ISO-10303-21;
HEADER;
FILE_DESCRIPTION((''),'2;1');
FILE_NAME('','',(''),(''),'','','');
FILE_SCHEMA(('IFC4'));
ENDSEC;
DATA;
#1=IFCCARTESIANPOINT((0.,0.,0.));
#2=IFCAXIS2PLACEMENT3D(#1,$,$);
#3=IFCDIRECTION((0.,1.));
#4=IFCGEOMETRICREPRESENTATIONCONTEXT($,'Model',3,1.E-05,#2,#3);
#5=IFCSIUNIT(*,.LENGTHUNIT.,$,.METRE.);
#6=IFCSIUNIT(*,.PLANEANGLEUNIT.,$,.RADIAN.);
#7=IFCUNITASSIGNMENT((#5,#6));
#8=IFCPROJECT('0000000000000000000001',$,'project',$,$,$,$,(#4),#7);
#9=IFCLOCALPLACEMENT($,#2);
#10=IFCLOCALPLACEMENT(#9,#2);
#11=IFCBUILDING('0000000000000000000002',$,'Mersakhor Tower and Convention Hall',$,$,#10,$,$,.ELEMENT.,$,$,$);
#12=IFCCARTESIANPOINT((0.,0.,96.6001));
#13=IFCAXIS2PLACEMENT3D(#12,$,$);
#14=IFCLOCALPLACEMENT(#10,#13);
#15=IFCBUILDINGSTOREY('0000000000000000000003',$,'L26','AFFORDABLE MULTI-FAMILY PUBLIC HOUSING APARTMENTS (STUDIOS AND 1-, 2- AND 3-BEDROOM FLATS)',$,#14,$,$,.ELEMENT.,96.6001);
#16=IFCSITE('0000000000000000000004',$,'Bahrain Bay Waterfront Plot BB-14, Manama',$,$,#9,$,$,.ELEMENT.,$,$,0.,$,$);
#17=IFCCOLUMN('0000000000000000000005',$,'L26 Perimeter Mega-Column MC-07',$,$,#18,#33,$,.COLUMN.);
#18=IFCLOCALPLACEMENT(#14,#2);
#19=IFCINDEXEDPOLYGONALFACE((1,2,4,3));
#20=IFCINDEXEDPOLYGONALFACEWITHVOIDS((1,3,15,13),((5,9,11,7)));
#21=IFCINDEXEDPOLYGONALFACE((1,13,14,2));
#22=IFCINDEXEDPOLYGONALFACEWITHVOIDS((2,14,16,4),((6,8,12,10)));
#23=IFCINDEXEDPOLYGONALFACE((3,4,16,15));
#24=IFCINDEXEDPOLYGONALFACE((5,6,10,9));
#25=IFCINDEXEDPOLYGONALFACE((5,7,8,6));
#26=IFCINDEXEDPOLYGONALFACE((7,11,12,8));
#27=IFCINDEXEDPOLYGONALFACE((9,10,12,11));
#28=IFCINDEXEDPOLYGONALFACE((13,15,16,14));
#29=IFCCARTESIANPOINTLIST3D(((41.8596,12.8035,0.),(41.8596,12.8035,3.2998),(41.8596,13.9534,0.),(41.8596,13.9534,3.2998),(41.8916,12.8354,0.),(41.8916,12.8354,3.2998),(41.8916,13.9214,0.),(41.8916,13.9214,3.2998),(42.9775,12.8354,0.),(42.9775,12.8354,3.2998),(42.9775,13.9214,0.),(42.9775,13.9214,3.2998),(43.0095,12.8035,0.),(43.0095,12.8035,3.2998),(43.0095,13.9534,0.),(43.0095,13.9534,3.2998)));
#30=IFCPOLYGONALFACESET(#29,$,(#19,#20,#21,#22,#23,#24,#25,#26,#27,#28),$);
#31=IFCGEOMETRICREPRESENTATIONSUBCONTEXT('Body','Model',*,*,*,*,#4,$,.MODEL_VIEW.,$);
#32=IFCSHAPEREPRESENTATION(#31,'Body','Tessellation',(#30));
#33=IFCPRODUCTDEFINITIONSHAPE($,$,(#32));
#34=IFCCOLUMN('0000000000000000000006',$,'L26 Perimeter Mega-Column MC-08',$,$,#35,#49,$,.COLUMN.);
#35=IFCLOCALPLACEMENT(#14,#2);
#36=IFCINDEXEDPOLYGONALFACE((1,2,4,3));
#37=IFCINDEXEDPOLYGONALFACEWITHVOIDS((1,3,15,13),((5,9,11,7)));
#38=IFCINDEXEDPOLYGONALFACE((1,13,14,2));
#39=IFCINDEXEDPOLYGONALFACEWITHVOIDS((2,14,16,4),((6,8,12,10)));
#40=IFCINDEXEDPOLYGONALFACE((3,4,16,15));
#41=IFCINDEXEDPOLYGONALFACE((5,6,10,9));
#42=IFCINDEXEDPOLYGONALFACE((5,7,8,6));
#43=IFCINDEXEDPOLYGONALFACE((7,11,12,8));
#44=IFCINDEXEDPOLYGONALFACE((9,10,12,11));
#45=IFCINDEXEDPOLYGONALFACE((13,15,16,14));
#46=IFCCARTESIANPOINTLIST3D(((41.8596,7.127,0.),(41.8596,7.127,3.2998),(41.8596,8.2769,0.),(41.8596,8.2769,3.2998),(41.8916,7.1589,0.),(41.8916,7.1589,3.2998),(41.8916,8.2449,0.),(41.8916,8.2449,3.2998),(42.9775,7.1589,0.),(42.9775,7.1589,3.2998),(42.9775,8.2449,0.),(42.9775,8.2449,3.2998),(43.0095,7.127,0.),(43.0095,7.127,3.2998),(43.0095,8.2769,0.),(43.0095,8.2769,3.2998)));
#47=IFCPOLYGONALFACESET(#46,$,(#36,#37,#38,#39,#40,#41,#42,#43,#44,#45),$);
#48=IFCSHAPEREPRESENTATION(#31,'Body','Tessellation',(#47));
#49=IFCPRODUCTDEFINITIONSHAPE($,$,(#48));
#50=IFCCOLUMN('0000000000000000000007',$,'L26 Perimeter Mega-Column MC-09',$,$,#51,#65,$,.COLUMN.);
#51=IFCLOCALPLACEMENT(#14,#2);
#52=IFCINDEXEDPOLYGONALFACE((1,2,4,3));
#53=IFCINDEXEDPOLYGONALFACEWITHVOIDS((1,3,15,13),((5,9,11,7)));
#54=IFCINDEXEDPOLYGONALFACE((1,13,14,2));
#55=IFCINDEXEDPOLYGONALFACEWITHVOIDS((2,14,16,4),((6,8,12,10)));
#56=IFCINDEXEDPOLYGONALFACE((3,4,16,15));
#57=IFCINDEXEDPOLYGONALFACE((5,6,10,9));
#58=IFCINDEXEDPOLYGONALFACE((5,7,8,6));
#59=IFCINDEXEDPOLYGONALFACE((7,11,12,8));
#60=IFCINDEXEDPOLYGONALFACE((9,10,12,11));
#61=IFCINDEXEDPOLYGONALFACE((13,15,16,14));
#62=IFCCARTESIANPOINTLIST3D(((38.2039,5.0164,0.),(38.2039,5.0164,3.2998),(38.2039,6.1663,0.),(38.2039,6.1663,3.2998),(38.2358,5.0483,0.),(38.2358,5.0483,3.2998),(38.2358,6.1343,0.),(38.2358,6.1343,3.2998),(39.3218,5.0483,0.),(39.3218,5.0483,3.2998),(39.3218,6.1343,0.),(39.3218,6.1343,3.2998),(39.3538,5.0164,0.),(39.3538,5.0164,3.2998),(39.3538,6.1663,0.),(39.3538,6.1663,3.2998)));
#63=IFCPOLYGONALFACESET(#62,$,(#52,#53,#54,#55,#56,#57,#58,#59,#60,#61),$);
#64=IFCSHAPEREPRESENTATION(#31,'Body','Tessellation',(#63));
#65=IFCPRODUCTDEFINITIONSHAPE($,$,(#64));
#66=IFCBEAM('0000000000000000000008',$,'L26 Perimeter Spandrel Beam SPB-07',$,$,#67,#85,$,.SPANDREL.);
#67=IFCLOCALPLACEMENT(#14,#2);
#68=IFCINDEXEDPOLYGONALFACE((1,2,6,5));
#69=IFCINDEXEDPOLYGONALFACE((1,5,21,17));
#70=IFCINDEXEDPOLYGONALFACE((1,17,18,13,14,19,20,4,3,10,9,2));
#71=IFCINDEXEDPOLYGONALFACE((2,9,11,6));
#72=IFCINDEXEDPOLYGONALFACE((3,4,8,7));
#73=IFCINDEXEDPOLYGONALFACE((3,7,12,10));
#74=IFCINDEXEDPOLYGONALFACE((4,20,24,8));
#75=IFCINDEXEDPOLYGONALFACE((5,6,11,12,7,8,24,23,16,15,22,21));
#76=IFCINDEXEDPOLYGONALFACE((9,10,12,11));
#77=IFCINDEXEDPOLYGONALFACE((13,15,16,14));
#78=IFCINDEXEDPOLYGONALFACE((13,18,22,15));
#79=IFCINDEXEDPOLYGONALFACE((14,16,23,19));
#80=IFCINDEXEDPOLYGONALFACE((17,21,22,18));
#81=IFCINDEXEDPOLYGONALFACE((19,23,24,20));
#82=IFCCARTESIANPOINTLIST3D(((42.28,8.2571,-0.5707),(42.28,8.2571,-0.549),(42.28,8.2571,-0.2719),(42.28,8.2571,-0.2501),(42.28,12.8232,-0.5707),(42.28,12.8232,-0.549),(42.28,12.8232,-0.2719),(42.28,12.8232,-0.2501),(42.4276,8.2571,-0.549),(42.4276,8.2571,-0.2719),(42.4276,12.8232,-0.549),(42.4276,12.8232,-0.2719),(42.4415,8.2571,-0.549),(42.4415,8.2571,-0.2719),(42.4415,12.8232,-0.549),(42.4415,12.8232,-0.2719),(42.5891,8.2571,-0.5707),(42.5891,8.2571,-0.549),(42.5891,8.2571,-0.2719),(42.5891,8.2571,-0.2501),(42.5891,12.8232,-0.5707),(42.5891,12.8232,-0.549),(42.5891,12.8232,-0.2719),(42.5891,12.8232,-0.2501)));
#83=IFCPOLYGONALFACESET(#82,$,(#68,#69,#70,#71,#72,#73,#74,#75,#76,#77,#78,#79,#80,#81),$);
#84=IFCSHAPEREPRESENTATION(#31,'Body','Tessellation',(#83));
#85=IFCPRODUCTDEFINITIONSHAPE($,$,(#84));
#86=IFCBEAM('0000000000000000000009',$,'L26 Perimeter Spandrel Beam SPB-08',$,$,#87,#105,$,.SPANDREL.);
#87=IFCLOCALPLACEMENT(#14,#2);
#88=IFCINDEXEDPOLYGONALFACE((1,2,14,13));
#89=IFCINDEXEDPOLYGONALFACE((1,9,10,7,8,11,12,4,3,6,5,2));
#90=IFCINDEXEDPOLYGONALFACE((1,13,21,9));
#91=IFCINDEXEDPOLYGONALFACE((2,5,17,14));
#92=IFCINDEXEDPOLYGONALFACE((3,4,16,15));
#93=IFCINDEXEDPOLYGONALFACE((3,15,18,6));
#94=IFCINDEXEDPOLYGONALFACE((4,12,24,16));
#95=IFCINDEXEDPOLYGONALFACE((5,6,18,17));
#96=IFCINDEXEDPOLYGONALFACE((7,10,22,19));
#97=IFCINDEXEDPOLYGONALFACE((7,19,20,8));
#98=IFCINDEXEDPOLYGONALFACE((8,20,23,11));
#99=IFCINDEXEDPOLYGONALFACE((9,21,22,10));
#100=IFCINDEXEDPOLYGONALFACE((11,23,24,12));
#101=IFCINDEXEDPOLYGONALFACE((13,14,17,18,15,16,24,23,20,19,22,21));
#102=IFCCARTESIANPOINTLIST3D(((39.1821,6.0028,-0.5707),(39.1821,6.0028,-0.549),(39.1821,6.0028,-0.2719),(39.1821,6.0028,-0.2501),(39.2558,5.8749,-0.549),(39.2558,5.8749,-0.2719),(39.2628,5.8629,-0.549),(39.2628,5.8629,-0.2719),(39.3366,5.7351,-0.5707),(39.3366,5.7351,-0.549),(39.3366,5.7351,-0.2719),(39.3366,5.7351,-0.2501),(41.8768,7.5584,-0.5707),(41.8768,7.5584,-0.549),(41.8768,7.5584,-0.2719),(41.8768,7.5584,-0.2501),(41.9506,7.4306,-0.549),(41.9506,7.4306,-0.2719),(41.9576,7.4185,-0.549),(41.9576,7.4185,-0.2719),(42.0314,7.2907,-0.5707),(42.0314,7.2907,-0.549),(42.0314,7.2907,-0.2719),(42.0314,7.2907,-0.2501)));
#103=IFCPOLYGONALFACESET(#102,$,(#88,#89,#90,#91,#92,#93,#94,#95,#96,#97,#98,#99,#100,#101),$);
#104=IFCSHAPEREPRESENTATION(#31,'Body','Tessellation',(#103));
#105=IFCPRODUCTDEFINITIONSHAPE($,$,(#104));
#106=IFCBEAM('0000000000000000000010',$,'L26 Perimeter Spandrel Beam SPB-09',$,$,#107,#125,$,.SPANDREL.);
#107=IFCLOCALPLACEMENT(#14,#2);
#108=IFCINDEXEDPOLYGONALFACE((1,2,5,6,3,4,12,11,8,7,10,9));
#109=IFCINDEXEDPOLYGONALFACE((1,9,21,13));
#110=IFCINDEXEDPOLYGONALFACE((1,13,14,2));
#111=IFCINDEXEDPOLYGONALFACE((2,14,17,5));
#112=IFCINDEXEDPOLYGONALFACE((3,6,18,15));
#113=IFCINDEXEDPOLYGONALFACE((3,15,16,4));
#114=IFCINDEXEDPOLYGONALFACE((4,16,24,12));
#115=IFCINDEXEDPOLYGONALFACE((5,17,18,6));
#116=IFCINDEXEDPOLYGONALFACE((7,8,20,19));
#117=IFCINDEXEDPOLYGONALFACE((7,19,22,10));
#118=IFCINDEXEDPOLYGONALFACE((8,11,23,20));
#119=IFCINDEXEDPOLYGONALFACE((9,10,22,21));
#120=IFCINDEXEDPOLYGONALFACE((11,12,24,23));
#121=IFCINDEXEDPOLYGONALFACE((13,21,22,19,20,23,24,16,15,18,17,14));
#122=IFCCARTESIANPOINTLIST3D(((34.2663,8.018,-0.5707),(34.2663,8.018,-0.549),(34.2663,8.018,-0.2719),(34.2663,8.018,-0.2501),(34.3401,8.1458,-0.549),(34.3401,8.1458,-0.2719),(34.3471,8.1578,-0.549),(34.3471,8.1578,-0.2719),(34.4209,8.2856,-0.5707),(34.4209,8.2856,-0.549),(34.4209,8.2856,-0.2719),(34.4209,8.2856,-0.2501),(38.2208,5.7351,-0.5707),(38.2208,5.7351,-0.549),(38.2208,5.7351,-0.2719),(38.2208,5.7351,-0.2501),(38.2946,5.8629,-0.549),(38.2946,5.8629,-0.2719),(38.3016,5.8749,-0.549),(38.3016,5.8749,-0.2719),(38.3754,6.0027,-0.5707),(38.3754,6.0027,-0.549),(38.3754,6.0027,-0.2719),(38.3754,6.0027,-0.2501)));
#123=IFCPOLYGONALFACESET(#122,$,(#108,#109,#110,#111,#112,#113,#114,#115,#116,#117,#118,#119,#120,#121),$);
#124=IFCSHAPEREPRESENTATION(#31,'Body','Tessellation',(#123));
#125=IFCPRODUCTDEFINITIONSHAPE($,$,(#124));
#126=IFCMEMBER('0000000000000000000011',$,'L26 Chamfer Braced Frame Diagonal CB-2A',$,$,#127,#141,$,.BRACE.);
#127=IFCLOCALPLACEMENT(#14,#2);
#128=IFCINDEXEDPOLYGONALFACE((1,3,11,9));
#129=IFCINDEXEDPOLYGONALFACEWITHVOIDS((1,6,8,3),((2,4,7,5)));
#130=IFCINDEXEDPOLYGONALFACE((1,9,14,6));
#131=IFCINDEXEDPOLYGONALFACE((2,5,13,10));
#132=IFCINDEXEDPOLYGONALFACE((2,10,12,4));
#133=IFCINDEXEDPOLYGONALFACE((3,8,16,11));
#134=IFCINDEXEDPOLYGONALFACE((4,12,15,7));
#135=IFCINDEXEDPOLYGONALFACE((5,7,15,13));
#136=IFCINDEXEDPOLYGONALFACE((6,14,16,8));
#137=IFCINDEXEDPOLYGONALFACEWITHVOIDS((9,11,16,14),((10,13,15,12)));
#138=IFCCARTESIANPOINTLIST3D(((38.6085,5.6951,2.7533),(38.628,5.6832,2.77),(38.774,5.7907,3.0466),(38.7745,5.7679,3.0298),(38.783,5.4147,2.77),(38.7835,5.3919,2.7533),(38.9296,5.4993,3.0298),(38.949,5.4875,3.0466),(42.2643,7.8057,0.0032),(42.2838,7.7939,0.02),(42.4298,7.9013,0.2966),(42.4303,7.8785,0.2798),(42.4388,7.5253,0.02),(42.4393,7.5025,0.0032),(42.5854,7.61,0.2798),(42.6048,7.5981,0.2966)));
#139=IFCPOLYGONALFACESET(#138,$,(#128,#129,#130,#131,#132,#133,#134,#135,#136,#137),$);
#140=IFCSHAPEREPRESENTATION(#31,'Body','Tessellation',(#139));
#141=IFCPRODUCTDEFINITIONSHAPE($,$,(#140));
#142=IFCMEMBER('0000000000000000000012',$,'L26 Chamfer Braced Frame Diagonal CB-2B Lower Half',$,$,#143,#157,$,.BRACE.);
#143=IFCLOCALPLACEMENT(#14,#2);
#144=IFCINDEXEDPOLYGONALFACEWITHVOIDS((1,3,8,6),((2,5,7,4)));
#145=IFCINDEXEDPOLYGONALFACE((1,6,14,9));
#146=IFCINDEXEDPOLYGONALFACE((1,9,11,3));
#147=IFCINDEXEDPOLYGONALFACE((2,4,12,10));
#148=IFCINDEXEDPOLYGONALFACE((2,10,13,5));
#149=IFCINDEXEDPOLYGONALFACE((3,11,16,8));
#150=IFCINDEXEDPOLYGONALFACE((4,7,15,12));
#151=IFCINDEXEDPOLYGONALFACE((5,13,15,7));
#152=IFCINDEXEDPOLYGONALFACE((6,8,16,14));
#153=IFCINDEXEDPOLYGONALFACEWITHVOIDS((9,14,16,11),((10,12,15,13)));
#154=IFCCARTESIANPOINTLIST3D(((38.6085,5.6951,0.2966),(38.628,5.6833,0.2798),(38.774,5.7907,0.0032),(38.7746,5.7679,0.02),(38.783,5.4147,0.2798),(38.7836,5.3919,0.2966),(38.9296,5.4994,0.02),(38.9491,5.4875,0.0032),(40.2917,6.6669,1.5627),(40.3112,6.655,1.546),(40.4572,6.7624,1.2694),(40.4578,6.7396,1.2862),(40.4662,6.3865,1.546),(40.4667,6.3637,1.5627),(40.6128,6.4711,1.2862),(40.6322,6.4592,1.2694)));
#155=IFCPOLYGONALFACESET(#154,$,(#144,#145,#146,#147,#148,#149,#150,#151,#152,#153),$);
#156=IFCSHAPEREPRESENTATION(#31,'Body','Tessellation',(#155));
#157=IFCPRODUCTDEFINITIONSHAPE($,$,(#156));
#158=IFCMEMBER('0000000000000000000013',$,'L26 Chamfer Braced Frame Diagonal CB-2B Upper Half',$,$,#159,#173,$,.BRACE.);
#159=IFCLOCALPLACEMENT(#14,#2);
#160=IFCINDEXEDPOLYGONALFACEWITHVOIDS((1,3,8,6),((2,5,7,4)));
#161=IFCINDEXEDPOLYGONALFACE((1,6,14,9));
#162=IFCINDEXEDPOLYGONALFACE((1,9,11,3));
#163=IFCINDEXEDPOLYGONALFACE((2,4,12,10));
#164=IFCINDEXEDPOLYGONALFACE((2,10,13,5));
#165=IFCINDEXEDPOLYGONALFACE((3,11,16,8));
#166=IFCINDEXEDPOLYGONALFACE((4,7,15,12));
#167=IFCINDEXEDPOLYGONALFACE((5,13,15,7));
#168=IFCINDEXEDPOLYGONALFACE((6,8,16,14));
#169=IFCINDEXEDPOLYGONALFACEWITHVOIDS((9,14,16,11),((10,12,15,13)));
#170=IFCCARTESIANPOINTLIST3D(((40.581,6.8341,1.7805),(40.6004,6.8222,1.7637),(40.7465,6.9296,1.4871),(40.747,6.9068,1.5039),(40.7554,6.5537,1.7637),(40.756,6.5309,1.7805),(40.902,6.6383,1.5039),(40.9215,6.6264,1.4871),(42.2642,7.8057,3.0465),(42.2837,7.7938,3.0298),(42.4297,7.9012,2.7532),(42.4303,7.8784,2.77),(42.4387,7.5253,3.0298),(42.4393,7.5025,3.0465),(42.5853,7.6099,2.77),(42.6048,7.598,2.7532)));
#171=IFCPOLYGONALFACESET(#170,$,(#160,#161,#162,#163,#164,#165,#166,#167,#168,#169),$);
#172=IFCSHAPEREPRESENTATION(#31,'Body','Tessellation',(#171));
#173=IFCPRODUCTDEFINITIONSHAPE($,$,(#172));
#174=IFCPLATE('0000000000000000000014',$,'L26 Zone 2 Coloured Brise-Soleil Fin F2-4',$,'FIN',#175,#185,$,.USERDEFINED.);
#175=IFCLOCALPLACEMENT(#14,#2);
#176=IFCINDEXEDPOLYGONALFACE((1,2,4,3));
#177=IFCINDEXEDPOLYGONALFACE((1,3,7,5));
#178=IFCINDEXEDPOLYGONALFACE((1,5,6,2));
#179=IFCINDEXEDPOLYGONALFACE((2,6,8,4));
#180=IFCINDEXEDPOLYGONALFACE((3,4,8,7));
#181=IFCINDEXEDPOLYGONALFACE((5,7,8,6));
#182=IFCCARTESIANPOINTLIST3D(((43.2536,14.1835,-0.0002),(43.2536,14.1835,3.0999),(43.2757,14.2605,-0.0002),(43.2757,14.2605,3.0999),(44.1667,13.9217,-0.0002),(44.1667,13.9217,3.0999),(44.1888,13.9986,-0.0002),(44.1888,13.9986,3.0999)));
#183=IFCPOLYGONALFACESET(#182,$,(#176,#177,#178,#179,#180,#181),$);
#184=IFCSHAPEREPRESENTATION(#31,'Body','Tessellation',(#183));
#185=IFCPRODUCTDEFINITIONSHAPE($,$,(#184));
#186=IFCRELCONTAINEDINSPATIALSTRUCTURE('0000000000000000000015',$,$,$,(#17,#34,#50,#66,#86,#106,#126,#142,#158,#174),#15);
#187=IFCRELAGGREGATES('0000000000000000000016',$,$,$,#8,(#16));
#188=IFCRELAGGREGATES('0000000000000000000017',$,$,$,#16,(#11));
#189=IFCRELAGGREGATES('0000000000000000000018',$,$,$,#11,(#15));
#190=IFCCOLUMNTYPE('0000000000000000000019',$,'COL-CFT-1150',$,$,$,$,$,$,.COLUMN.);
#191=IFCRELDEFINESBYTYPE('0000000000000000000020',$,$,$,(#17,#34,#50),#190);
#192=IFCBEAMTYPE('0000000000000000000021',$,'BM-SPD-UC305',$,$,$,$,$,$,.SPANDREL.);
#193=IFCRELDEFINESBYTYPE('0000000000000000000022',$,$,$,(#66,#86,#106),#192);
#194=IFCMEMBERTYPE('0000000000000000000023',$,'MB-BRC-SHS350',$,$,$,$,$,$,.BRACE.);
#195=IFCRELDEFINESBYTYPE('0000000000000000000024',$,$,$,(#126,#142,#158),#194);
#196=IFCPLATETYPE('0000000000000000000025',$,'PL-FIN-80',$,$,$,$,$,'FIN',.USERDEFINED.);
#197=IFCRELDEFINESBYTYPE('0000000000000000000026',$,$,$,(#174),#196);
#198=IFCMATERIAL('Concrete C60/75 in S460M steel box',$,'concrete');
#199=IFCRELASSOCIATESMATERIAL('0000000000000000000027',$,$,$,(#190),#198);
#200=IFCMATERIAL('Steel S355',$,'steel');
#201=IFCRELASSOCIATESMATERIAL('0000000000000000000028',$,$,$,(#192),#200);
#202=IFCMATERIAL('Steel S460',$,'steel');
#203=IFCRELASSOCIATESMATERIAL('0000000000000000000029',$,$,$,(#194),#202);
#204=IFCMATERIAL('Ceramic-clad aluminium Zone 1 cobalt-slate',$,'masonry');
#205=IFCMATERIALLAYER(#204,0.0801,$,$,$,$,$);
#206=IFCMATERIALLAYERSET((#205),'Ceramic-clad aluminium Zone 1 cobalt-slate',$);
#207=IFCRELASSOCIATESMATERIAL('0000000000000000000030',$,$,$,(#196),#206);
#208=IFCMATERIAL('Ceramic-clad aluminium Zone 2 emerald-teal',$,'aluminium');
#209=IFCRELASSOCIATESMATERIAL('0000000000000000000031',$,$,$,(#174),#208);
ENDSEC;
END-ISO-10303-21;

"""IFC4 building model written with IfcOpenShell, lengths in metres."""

from ifc_helpers import new_model, si_unit, direction, frame, origin, origin_2d, place, context, subcontext, project, spatial, rectangle, hollow_rectangle, i_section, extrude, material, layer, layer_set, material_profile, profile_set, type_object, element, save


model = new_model("IFC4")

# Units and contexts
model_context = context("Model", 3, precision=1e-05, world=origin(), true_north=direction((0.0, 1.0)))
body_context = subcontext(model_context, "Body", "Model", "MODEL_VIEW")
ifc_project = project(units=[si_unit("LENGTHUNIT", "METRE"), si_unit("PLANEANGLEUNIT", "RADIAN")], contexts=[model_context])

# Site, building, storey
site_placement = place(None, origin())
site = spatial("IfcSite", under=ifc_project, at=site_placement, Name="Bahrain Bay Waterfront Plot BB-14, Manama", CompositionType="ELEMENT", RefElevation=0.0)
building_placement = place(site_placement, origin())
building = spatial("IfcBuilding", under=site, at=building_placement, Name="Mersakhor Tower and Convention Hall", CompositionType="ELEMENT")
storey_placement = place(building_placement, frame((0.0, 0.0, 96.6001)))
storey = spatial("IfcBuildingStorey", under=building, at=storey_placement, Name="L26", Description="AFFORDABLE MULTI-FAMILY PUBLIC HOUSING APARTMENTS (STUDIOS AND 1-, 2- AND 3-BEDROOM FLATS)", CompositionType="ELEMENT", Elevation=96.6001)

# Columns
ifc_material_1 = material(Name="Concrete C60/75 in S460M steel box", Category="concrete")
ifc_material_profile_1 = material_profile(ifc_material_1, hollow_rectangle(XDim=1.1499, YDim=1.1499, WallThickness=0.032, at=origin_2d()), Name="SHS 1150x1150x32")
ifc_profile_set_1 = profile_set([ifc_material_profile_1], Name="Concrete C60/75 in S460M steel box")
column_type = type_object("IfcColumnType", Name="COL-CFT-1150", PredefinedType="COLUMN", material=ifc_profile_set_1)
for number, where, z_axis, x_axis, name in (
    (1, (42.4346, 13.3784, 0.0), (0.0, 0.0, 1.0), (1.0, 0.0, 0.0), "L26 Perimeter Mega-Column MC-07"),
    (2, (42.4346, 7.7019, 0.0), (0.0, 0.0, 1.0), (1.0, 0.0, 0.0), "L26 Perimeter Mega-Column MC-08"),
    (3, (38.7788, 5.5913, 0.0), (0.0, 0.0, 1.0), (1.0, 0.0, 0.0), "L26 Perimeter Mega-Column MC-09"),
):
    element("IfcColumn", number, at=place(storey_placement, frame(where, z_axis=z_axis, x_axis=x_axis)), inside=storey, type_object=column_type, Name=name, PredefinedType="COLUMN", context=body_context, shape_type="SweptSolid", body=[
        extrude(hollow_rectangle(XDim=1.1499, YDim=1.1499, WallThickness=0.032, at=origin_2d()), origin(), (0.0, 0.0, 1.0), 3.2998),
    ])

# Beams
ifc_material_2 = material(Name="Steel S355", Category="steel")
ifc_material_profile_2 = material_profile(ifc_material_2, i_section(OverallWidth=0.3091, OverallDepth=0.3206, WebThickness=0.0139, FlangeThickness=0.0217, at=origin_2d()), Name="UC 305x305x137")
ifc_profile_set_2 = profile_set([ifc_material_profile_2], Name="Steel S355")
beam_type = type_object("IfcBeamType", Name="BM-SPD-UC305", PredefinedType="SPANDREL", material=ifc_profile_set_2)
beam_1_placement = place(storey_placement, frame((42.4346, 12.8232, -0.4104), z_axis=(0.0, -1.0, 0.0), x_axis=(1.0, 0.0, 0.0)))
element("IfcBeam", 4, at=beam_1_placement, inside=storey, type_object=beam_type, Name="L26 Perimeter Spandrel Beam SPB-07", PredefinedType="SPANDREL", context=body_context, shape_type="SweptSolid", body=[
    extrude(i_section(OverallWidth=0.3091, OverallDepth=0.3206, WebThickness=0.0139, FlangeThickness=0.0217, at=origin_2d()), origin(), (0.0, 0.0, 1.0), 4.5662),
])
beam_2_placement = place(storey_placement, frame((41.9541, 7.4246, -0.4104), z_axis=(-0.866052, -0.499953, 0.0), x_axis=(0.499953, -0.866052, 0.0)))
element("IfcBeam", 5, at=beam_2_placement, inside=storey, type_object=beam_type, Name="L26 Perimeter Spandrel Beam SPB-08", PredefinedType="SPANDREL", context=body_context, shape_type="SweptSolid", body=[
    extrude(i_section(OverallWidth=0.3091, OverallDepth=0.3206, WebThickness=0.0139, FlangeThickness=0.0217, at=origin_2d()), origin(), (0.0, 0.0, 1.0), 3.1116),
])
beam_3_placement = place(storey_placement, frame((38.2981, 5.8689, -0.4104), z_axis=(-0.866047, 0.499963, 0.0), x_axis=(-0.499963, -0.866047, 0.0)))
element("IfcBeam", 6, at=beam_3_placement, inside=storey, type_object=beam_type, Name="L26 Perimeter Spandrel Beam SPB-09", PredefinedType="SPANDREL", context=body_context, shape_type="SweptSolid", body=[
    extrude(i_section(OverallWidth=0.3091, OverallDepth=0.3206, WebThickness=0.0139, FlangeThickness=0.0217, at=origin_2d()), origin(), (0.0, 0.0, 1.0), 4.5662),
])

# Members
ifc_material_3 = material(Name="Steel S460", Category="steel")
ifc_material_profile_3 = material_profile(ifc_material_3, hollow_rectangle(XDim=0.3501, YDim=0.3501, WallThickness=0.02, at=origin_2d()), Name="SHS 350x350x20")
ifc_profile_set_3 = profile_set([ifc_material_profile_3], Name="Steel S460")
member_type = type_object("IfcMemberType", Name="MB-BRC-SHS350", PredefinedType="BRACE", material=ifc_profile_set_3)
member_placement = place(storey_placement, frame((42.4346, 7.7019, 0.1499), z_axis=(-0.725634, -0.418933, 0.545849), x_axis=(0.499989, -0.866031, 0.0)))
element("IfcMember", 7, at=member_placement, inside=storey, type_object=member_type, Name="L26 Chamfer Braced Frame Diagonal CB-2A", PredefinedType="BRACE", context=body_context, shape_type="SweptSolid", body=[
    extrude(hollow_rectangle(XDim=0.3501, YDim=0.3501, WallThickness=0.02, at=origin_2d()), origin(), (0.0, 0.0, 1.0), 5.0381),
])
for number, where, z_axis, x_axis, name in (
    (8, (38.7788, 5.5913, 0.1499), (0.725635, 0.418919, 0.545858), (-0.499976, 0.866039, 0.0), "L26 Chamfer Braced Frame Diagonal CB-2B Lower Half"),
    (9, (40.7512, 6.7302, 1.6338), (0.725685, 0.418887, 0.545816), (-0.499922, 0.866071, 0.0), "L26 Chamfer Braced Frame Diagonal CB-2B Upper Half"),
):
    element("IfcMember", number, at=place(storey_placement, frame(where, z_axis=z_axis, x_axis=x_axis)), inside=storey, type_object=member_type, Name=name, PredefinedType="BRACE", context=body_context, shape_type="SweptSolid", body=[
        extrude(hollow_rectangle(XDim=0.3501, YDim=0.3501, WallThickness=0.02, at=origin_2d()), origin(), (0.0, 0.0, 1.0), 2.3196),
    ])

# Plate
ifc_material_4 = material(Name="Ceramic-clad aluminium Zone 2 emerald-teal", Category="aluminium")
ifc_material_5 = material(Name="Ceramic-clad aluminium Zone 1 cobalt-slate", Category="masonry")
ifc_layer_1 = layer(ifc_material_5, 0.0801)
ifc_layer_set_1 = layer_set([ifc_layer_1], Name="Ceramic-clad aluminium Zone 1 cobalt-slate")
plate_type_1 = type_object("IfcPlateType", Name="PL-FIN-80", ElementType="FIN", PredefinedType="USERDEFINED", material=ifc_layer_set_1)
plate_1_placement = place(storey_placement, frame((43.7212, 14.0911, -0.0002), z_axis=(0.0, 0.0, 1.0), x_axis=(0.961262, -0.275637, 0.0)))
element("IfcPlate", 10, at=plate_1_placement, inside=storey, type_object=plate_type_1, material=ifc_material_4, Name="L26 Zone 2 Coloured Brise-Soleil Fin F2-4", ObjectType="FIN", PredefinedType="USERDEFINED", context=body_context, shape_type="SweptSolid", body=[
    extrude(rectangle(XDim=0.95, YDim=0.0801, at=origin_2d()), origin(), (0.0, 0.0, 1.0), 3.1001),
])

save(model, "model.ifc")
